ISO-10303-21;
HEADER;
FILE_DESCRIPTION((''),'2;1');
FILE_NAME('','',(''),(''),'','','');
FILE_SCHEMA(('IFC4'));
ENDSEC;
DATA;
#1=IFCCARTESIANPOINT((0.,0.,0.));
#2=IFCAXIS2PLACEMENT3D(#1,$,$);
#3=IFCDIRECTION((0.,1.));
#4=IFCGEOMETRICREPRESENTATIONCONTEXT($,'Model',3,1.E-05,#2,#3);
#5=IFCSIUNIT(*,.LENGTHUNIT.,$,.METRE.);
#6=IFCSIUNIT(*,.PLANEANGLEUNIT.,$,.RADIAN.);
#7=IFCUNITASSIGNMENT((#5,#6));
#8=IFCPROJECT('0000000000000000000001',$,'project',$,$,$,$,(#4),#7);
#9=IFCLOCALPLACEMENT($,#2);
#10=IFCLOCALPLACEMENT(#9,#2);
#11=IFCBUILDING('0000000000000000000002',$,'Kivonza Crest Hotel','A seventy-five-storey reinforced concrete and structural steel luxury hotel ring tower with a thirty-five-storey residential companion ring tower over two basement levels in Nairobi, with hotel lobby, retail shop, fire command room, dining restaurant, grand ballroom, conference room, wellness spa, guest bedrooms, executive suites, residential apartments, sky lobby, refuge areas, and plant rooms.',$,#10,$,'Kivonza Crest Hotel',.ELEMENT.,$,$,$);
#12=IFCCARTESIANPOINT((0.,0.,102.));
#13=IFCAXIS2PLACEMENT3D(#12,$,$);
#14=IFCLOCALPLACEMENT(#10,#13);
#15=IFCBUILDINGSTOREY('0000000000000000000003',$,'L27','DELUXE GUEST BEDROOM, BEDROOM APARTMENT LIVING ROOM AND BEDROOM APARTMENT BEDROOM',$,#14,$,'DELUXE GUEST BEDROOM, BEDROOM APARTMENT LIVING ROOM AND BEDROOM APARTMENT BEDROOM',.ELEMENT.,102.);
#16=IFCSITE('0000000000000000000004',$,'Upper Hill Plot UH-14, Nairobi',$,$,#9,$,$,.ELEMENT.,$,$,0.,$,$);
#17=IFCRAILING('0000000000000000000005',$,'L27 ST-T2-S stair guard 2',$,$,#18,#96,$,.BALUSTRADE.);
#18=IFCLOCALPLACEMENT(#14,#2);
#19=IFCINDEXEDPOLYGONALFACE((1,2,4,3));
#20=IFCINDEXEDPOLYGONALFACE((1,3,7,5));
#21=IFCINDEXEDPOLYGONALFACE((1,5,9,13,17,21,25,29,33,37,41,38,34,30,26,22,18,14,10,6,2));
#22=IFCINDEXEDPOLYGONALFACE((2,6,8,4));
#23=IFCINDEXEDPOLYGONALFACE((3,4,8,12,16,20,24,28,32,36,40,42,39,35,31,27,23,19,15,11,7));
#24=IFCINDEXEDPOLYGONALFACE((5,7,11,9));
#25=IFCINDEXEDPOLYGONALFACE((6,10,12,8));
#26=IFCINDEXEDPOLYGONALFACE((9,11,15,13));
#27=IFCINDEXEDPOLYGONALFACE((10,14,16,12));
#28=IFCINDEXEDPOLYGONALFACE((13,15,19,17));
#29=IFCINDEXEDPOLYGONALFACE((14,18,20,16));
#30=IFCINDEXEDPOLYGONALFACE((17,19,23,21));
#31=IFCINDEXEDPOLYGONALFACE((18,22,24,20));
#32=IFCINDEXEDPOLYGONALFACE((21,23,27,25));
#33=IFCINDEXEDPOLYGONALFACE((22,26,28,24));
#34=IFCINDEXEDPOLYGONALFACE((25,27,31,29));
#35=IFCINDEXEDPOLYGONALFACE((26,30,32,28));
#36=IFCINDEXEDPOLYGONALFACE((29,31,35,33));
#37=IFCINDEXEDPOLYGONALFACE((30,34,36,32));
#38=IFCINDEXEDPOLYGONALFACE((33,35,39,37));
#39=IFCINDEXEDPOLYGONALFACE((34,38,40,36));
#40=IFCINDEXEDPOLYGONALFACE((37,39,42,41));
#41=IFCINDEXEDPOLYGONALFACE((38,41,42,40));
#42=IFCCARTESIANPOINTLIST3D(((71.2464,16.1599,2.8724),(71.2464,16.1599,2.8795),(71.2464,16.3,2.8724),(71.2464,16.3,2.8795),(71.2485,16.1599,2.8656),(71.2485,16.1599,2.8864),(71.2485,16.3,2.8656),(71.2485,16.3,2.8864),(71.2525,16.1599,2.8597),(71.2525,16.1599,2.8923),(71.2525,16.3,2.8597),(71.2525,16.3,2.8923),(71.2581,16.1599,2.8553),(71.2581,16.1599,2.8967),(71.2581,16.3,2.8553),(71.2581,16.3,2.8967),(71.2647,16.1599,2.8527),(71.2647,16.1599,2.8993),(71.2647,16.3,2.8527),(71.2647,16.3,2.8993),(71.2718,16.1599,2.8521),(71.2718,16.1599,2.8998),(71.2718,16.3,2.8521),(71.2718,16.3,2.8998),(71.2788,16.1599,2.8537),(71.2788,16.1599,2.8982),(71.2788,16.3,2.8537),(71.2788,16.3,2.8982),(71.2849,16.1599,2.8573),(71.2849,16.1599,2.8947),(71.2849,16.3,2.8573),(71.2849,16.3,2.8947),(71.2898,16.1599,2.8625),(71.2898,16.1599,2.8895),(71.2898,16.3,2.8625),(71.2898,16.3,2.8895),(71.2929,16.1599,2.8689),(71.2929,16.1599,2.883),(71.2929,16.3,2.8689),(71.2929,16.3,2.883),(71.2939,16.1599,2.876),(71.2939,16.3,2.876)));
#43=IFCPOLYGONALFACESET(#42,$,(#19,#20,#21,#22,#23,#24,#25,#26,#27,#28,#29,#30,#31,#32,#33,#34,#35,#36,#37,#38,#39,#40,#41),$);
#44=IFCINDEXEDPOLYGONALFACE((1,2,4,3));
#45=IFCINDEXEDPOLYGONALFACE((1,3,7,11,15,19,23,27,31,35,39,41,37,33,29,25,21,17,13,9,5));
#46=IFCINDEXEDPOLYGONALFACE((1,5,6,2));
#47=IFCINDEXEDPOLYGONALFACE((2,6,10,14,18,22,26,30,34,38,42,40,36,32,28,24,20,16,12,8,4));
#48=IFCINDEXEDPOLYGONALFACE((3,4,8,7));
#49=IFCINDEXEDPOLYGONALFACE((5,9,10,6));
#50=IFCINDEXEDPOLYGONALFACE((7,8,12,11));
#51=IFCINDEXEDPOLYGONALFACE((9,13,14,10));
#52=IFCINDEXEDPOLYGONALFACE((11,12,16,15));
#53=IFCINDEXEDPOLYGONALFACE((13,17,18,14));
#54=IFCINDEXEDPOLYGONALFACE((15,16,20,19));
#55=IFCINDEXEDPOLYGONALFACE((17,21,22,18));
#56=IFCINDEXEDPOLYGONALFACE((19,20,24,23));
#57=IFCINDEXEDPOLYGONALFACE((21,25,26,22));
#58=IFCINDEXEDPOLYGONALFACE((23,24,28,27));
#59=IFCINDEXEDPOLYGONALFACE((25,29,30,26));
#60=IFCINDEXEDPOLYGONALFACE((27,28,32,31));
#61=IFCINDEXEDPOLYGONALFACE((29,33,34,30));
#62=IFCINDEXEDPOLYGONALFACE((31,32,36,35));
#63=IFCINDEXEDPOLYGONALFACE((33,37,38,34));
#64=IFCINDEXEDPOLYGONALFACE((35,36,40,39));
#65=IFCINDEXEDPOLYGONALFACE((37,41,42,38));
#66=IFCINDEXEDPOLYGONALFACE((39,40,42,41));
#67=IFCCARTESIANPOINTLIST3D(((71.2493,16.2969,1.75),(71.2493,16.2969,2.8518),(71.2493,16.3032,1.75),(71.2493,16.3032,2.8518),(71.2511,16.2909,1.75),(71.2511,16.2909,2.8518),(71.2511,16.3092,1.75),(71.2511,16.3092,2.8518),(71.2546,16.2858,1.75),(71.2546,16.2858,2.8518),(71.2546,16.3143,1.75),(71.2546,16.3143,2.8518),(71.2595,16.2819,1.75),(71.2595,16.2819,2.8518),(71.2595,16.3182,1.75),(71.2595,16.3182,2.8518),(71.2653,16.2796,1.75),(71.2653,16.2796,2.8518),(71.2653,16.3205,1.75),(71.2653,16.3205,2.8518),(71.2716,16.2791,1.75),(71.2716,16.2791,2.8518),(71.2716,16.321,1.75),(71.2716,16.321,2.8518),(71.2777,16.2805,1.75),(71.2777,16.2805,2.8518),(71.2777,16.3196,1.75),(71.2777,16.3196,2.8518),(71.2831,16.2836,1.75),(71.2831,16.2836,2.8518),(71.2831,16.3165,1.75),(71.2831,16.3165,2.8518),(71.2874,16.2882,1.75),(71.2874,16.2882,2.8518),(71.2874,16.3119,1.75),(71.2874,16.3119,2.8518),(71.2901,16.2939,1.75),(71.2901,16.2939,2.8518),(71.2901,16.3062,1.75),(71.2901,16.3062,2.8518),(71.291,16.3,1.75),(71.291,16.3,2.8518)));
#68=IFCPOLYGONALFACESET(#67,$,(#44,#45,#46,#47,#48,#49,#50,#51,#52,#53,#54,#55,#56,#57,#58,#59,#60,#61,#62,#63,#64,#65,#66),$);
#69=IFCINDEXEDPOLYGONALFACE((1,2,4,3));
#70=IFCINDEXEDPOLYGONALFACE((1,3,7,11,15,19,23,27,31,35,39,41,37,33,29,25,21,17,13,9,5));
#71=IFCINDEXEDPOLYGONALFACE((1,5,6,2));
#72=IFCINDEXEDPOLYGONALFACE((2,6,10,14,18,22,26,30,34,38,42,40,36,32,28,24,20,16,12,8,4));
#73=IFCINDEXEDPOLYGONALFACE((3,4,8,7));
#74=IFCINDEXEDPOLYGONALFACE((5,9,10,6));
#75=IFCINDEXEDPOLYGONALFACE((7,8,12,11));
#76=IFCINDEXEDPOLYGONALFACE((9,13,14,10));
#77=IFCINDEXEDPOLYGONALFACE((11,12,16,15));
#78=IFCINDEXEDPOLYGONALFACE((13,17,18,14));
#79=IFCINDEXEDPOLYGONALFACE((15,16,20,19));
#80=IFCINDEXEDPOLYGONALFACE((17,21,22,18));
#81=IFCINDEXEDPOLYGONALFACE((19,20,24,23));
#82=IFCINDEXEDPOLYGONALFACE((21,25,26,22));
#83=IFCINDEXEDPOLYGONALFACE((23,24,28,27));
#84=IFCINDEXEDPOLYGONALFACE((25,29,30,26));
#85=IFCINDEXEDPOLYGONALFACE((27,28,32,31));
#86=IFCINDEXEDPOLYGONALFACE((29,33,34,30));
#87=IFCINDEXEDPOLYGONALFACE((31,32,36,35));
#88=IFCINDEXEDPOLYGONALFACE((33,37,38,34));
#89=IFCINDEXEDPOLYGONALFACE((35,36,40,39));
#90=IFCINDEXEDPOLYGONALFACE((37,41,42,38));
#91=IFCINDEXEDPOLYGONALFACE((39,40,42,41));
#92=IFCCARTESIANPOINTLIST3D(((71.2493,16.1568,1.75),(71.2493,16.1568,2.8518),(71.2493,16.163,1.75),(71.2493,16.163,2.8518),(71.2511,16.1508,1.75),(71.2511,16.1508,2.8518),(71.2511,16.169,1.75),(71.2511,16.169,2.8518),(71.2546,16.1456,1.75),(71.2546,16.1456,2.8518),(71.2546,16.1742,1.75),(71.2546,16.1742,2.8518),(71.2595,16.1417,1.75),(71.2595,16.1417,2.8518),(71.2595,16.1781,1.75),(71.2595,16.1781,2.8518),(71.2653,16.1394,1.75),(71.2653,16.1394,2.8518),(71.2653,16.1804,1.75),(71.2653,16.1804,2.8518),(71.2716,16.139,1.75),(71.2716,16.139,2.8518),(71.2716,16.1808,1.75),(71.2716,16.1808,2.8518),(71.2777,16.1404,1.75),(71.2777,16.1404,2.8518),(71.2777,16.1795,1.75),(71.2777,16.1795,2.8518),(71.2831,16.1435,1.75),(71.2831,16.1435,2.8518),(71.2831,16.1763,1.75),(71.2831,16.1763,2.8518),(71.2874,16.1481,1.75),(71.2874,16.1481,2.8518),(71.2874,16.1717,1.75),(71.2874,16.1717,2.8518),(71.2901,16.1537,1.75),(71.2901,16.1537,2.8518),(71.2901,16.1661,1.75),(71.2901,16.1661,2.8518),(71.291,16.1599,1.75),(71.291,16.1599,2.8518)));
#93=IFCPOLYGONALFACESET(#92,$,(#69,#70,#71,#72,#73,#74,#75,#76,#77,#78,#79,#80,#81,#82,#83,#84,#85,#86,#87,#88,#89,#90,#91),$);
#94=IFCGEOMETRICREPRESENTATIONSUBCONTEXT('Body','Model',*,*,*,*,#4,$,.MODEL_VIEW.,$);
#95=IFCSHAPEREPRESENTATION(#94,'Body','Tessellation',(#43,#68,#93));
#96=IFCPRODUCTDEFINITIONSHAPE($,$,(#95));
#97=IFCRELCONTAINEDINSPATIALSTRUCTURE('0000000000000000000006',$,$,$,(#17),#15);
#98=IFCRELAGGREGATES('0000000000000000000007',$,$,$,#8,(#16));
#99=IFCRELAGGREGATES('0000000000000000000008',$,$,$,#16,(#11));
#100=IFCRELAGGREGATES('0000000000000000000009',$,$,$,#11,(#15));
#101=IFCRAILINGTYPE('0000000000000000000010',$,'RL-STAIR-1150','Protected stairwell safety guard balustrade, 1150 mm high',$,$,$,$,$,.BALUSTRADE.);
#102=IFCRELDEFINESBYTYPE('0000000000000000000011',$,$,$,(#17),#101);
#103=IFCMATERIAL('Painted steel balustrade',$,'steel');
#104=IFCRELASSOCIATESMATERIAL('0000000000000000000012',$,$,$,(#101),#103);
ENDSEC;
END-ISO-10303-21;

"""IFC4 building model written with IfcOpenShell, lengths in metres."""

from ifc_helpers import new_model, si_unit, direction, frame, origin, origin_2d, place, context, subcontext, project, spatial, circle, extrude, material, type_object, element, save


model = new_model("IFC4")

# Units and contexts
model_context = context("Model", 3, precision=1e-05, world=origin(), true_north=direction((0.0, 1.0)))
body_context = subcontext(model_context, "Body", "Model", "MODEL_VIEW")
ifc_project = project(units=[si_unit("LENGTHUNIT", "METRE"), si_unit("PLANEANGLEUNIT", "RADIAN")], contexts=[model_context])

# Site, building, storey
site_placement = place(None, origin())
site = spatial("IfcSite", under=ifc_project, at=site_placement, Name="Upper Hill Plot UH-14, Nairobi", CompositionType="ELEMENT", RefElevation=0.0)
building_placement = place(site_placement, origin())
building = spatial("IfcBuilding", under=site, at=building_placement, Name="Kivonza Crest Hotel", Description="A seventy-five-storey reinforced concrete and structural steel luxury hotel ring tower with a thirty-five-storey residential companion ring tower over two basement levels in Nairobi, with hotel lobby, retail shop, fire command room, dining restaurant, grand ballroom, conference room, wellness spa, guest bedrooms, executive suites, residential apartments, sky lobby, refuge areas, and plant rooms.", LongName="Kivonza Crest Hotel", CompositionType="ELEMENT")
storey_placement = place(building_placement, frame((0.0, 0.0, 102.0)))
storey = spatial("IfcBuildingStorey", under=building, at=storey_placement, Name="L27", Description="DELUXE GUEST BEDROOM, BEDROOM APARTMENT LIVING ROOM AND BEDROOM APARTMENT BEDROOM", LongName="DELUXE GUEST BEDROOM, BEDROOM APARTMENT LIVING ROOM AND BEDROOM APARTMENT BEDROOM", CompositionType="ELEMENT", Elevation=102.0)

# Railing
ifc_material_1 = material(Name="Painted steel balustrade", Category="steel")
railing_type_1 = type_object("IfcRailingType", Name="RL-STAIR-1150", Description="Protected stairwell safety guard balustrade, 1150 mm high", PredefinedType="BALUSTRADE", material=ifc_material_1)
railing_1_placement = place(storey_placement, frame((71.27, 16.3, 1.75)))
element("IfcRailing", 1, at=railing_1_placement, inside=storey, type_object=railing_type_1, Name="L27 ST-T2-S stair guard 2", PredefinedType="BALUSTRADE", context=body_context, shape_type="SweptSolid", body=[
    extrude(circle(Radius=0.0239, at=origin_2d()), frame((0.0, 0.0, 1.126), z_axis=(0.0, -1.0, 0.0), x_axis=(1.0, 0.0, 0.0)), (0.0, 0.0, 1.0), 0.1401),
    extrude(circle(Radius=0.021, at=origin_2d()), origin(), (0.0, 0.0, 1.0), 1.1018),
    extrude(circle(Radius=0.021, at=origin_2d()), frame((0.0, -0.1401, 0.0)), (0.0, 0.0, 1.0), 1.1018),
])

save(model, "model.ifc")
